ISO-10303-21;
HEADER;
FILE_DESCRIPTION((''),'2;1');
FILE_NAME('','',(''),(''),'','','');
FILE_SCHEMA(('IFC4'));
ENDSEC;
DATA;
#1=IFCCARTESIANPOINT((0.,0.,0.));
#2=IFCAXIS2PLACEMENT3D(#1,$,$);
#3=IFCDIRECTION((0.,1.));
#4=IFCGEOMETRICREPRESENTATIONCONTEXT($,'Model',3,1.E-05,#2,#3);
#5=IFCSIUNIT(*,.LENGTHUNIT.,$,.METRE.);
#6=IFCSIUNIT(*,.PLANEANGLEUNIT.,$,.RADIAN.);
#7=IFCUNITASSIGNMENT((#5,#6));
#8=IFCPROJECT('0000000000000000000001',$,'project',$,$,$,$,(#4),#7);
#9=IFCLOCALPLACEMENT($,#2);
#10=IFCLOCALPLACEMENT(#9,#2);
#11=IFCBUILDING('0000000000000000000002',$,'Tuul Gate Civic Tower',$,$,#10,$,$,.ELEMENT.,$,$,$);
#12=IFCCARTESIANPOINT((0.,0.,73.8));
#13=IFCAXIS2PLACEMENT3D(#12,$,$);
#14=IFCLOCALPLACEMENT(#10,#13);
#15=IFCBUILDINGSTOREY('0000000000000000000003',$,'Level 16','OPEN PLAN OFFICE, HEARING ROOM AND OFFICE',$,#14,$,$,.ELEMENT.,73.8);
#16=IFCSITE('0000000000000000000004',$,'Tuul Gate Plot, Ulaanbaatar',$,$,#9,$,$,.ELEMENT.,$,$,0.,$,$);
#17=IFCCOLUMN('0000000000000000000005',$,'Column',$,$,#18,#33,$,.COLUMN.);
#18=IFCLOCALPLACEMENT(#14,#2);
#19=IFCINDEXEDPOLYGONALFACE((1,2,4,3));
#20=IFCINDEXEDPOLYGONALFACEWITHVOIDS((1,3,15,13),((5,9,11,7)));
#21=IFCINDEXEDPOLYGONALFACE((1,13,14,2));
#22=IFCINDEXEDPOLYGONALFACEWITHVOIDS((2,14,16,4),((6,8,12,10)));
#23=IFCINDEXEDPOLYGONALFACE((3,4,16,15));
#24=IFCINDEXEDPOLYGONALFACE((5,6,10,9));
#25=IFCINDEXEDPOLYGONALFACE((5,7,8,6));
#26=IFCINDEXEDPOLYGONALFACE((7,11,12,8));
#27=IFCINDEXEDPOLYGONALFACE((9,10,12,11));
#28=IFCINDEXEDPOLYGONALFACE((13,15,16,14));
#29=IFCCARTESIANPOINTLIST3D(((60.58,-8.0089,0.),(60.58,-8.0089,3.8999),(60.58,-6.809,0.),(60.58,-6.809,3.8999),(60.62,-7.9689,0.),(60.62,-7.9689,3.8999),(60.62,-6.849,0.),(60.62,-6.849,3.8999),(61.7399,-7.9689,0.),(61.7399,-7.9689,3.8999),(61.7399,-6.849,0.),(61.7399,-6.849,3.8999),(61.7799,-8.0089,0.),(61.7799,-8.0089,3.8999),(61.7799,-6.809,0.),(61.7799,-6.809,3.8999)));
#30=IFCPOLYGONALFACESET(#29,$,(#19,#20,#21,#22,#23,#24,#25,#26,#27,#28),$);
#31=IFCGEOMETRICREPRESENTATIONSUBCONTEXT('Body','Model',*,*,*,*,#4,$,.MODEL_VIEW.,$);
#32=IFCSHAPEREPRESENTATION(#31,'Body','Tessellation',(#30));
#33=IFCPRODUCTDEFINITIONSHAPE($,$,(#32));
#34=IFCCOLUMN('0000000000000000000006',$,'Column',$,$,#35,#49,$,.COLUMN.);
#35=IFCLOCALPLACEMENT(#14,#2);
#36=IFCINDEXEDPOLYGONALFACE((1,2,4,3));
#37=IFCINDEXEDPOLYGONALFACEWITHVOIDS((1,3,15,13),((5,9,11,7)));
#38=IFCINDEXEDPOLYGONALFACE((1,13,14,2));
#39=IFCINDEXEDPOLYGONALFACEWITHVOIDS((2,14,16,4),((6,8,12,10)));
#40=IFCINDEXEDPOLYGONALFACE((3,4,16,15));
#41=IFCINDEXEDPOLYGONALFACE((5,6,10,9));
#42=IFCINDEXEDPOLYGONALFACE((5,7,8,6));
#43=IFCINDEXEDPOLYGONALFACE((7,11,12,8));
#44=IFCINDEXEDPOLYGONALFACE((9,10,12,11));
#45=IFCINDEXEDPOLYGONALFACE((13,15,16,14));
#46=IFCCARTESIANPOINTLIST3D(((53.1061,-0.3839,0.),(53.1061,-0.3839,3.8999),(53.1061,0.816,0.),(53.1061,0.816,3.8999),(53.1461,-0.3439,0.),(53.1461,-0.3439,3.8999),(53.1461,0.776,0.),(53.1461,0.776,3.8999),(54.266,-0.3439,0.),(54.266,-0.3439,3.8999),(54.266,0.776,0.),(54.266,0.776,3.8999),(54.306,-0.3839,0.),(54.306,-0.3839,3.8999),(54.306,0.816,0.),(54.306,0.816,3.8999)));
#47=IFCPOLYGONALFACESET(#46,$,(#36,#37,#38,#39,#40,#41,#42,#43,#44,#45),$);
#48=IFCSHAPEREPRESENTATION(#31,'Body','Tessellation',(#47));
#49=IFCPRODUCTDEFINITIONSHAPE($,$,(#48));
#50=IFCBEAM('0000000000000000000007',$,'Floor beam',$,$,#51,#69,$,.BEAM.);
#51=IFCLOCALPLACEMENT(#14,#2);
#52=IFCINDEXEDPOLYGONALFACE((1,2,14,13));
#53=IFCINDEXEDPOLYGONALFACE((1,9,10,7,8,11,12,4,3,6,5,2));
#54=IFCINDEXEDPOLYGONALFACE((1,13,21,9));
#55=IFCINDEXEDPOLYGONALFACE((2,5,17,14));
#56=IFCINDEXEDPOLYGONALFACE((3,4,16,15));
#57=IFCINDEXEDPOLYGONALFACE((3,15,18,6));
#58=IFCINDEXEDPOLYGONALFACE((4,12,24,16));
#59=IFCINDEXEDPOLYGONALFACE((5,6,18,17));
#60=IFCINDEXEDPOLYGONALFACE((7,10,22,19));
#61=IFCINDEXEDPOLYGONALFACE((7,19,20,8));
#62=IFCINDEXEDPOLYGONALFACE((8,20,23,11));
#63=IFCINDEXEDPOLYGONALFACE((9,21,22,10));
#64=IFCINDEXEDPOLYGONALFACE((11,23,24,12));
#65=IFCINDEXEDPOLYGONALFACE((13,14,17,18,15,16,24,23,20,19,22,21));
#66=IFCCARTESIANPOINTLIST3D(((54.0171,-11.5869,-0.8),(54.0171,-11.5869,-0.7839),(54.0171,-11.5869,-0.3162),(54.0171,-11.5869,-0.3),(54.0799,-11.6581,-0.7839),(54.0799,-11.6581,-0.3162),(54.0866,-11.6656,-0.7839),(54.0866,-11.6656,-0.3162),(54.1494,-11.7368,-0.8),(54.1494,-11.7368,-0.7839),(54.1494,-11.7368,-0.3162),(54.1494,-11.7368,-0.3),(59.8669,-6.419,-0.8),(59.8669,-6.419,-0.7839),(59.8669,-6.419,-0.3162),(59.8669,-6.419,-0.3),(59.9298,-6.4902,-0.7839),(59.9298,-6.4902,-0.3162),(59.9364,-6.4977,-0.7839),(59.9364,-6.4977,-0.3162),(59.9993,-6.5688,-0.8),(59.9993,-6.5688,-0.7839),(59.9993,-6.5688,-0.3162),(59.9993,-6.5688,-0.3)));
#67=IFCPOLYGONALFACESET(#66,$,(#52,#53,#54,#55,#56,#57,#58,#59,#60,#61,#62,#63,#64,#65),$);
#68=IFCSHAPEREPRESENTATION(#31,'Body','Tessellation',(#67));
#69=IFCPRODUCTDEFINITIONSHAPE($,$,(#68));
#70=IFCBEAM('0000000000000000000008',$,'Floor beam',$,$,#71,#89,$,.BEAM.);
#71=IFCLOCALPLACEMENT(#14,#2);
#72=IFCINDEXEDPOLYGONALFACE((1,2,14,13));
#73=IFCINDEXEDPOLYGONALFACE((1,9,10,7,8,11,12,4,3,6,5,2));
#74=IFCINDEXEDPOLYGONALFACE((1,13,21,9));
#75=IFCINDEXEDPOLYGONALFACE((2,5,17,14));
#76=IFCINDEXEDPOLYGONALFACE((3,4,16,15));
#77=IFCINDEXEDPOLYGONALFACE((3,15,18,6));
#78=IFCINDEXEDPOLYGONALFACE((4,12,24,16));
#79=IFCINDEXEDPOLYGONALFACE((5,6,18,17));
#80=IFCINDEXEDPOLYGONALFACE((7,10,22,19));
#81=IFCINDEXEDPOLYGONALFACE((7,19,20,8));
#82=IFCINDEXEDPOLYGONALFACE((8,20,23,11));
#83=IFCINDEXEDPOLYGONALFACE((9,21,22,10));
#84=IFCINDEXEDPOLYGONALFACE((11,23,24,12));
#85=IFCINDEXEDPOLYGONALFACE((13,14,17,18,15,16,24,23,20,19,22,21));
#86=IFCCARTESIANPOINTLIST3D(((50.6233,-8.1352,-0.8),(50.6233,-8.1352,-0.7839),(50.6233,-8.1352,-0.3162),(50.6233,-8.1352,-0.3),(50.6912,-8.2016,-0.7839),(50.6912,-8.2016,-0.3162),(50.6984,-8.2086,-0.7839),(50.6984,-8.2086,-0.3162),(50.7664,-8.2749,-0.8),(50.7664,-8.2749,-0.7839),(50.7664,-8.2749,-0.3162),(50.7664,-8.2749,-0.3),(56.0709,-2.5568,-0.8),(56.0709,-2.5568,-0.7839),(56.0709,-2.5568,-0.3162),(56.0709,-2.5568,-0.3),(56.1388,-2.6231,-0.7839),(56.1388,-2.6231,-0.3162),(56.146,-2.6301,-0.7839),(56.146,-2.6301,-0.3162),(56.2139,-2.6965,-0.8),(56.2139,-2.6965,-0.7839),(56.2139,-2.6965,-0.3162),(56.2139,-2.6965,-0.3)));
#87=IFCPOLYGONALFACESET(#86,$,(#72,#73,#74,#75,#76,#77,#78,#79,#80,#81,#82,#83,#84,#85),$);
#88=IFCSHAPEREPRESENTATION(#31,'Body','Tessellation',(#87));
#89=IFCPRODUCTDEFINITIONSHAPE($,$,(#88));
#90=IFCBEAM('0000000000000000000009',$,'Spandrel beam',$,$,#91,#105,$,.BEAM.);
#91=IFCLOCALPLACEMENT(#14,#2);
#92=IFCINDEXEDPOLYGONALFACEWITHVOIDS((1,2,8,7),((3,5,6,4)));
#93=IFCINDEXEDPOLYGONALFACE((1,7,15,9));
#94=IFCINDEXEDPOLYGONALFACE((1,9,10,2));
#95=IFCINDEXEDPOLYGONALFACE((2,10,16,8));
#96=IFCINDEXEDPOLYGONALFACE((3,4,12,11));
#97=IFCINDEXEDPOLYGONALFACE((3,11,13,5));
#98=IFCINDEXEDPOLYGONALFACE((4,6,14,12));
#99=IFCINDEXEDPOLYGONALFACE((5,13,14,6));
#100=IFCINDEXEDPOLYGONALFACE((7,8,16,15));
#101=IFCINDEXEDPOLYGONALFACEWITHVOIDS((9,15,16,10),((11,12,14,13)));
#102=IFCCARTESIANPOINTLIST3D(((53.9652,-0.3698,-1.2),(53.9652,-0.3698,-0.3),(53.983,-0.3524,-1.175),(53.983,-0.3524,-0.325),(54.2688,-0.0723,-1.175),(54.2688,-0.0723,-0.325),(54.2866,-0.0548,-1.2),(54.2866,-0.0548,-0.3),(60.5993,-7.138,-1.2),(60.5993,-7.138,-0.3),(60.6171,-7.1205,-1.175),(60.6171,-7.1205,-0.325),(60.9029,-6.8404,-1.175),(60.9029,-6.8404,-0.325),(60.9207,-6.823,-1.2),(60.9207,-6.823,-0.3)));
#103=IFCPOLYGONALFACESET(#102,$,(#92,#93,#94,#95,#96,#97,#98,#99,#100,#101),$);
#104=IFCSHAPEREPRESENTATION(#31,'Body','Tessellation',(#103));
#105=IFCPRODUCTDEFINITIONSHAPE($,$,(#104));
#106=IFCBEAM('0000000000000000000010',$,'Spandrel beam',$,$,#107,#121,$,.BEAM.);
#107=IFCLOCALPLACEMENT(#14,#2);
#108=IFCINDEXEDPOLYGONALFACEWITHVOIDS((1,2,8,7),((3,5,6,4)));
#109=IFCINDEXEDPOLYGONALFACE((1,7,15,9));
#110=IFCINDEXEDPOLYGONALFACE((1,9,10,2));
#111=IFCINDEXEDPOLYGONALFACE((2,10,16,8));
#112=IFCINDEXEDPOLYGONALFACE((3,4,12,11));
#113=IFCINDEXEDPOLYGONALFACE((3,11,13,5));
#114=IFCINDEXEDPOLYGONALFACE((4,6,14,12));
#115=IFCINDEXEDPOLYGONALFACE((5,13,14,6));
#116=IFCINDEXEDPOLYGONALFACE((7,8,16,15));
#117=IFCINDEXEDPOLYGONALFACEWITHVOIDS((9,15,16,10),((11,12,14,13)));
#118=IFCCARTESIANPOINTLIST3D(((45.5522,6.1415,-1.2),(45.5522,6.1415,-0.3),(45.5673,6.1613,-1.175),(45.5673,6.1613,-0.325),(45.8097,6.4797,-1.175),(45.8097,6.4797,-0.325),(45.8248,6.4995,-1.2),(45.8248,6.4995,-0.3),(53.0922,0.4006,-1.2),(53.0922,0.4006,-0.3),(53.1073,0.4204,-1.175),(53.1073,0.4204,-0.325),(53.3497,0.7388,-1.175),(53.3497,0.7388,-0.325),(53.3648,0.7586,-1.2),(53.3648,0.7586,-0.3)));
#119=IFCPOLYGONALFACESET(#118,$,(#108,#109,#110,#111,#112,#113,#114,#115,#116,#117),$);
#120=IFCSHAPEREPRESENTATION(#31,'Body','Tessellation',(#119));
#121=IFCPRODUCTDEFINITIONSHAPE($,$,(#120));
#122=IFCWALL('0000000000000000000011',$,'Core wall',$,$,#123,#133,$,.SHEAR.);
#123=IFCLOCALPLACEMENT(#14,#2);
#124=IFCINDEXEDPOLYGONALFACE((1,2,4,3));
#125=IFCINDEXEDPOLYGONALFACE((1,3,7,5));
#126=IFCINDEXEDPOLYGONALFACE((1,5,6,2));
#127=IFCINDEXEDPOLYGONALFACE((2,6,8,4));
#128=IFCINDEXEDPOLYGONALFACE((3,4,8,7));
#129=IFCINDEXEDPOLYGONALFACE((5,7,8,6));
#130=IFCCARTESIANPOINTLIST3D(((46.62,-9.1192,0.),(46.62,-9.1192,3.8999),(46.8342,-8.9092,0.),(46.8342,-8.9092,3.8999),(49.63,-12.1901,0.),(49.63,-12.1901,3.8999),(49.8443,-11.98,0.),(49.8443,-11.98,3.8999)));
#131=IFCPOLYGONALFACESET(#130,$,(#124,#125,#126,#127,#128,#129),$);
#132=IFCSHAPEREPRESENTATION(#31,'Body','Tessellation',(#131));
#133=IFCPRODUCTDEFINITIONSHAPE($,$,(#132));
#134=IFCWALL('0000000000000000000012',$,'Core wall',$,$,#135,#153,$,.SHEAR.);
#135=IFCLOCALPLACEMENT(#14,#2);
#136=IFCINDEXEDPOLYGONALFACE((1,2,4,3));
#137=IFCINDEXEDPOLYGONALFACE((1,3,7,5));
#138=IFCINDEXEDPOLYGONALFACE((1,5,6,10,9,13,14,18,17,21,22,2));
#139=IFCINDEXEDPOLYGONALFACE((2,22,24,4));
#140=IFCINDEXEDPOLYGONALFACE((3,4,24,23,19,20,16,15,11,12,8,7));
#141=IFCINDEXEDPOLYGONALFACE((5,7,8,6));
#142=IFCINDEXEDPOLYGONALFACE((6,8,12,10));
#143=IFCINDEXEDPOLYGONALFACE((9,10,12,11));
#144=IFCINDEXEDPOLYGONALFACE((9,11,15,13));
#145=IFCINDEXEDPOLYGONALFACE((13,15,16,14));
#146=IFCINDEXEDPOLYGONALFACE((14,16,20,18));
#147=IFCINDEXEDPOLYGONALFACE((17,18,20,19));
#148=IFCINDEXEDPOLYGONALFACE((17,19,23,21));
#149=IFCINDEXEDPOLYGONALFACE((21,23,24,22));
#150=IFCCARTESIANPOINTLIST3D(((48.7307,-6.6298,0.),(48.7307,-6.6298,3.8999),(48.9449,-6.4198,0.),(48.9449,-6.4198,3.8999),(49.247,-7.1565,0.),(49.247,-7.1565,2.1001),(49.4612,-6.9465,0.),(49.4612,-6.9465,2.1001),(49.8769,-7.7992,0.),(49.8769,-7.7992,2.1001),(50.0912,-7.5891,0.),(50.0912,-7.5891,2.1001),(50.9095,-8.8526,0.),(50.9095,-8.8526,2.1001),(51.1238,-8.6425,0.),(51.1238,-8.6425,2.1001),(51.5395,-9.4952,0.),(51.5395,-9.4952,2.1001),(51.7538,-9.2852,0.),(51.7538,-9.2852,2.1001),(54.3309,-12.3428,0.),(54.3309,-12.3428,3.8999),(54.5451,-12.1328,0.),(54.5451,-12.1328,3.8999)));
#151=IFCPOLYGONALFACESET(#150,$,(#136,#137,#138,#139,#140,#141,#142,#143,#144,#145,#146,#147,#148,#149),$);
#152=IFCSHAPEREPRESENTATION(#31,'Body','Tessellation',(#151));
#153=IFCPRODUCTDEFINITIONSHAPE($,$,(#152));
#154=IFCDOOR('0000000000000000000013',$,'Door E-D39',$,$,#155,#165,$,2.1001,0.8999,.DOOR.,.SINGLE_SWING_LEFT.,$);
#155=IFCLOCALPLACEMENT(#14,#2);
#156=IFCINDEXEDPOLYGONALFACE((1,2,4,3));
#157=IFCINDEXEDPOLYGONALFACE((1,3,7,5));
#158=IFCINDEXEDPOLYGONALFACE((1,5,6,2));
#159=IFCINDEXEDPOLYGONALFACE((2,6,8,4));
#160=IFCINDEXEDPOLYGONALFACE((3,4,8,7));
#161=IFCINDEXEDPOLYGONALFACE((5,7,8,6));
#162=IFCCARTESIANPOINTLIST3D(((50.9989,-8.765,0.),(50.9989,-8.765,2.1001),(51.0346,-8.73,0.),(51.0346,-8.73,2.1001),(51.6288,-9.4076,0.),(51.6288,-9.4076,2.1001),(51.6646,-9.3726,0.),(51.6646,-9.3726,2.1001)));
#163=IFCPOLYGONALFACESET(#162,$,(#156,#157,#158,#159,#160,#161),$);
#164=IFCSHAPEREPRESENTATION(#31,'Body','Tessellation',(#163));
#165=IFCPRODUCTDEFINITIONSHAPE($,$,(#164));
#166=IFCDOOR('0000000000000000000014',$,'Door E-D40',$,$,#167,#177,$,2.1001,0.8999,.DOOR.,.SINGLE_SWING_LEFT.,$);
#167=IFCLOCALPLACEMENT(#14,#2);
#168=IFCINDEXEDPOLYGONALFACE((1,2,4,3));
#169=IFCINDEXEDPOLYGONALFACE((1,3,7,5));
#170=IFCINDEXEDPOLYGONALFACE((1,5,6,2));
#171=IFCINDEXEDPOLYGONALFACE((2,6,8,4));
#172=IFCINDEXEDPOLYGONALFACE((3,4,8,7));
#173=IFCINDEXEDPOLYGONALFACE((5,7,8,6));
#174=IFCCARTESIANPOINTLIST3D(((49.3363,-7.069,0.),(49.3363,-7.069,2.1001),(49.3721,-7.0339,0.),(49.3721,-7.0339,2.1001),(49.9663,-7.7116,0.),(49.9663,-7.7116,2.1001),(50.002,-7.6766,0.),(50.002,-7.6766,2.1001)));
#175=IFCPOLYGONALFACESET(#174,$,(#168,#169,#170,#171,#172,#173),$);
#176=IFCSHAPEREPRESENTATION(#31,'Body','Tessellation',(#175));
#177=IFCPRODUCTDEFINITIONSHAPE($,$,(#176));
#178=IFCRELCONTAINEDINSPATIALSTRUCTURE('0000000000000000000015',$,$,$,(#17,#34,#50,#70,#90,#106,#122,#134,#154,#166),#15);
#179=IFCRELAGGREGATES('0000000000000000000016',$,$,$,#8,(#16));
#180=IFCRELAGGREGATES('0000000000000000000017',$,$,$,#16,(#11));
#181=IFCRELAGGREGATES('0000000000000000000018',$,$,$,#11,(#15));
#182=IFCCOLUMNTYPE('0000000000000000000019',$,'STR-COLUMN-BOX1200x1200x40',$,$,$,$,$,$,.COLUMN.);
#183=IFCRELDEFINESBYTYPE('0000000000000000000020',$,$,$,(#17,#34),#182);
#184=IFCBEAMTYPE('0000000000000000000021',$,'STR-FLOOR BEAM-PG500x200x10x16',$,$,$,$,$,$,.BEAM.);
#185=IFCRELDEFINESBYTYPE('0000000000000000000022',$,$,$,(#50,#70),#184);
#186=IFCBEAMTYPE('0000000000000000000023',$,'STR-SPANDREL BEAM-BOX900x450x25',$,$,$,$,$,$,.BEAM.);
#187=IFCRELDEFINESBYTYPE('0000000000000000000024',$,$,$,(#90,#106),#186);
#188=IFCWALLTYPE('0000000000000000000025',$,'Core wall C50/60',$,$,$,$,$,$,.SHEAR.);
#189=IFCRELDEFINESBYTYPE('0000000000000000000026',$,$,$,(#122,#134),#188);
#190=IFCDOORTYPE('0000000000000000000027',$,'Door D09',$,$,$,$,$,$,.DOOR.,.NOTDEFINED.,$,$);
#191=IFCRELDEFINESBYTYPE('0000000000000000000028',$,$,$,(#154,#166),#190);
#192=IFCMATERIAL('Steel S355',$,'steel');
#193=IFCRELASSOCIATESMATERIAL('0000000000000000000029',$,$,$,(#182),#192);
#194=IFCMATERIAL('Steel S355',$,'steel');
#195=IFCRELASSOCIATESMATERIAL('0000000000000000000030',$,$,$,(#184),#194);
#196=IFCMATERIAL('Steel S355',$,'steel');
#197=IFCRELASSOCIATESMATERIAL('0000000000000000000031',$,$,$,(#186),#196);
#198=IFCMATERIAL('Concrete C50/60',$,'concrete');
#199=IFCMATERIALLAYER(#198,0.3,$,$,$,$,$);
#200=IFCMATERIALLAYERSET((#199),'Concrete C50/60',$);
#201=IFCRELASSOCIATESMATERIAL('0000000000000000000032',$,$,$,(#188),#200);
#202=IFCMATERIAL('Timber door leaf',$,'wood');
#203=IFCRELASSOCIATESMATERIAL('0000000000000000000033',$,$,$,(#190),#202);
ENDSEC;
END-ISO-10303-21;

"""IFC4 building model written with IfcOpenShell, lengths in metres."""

from ifc_helpers import new_model, si_unit, direction, frame, frame_2d, origin, origin_2d, place, context, subcontext, project, spatial, rectangle, hollow_rectangle, i_section, extrude, material, layer, layer_set, material_profile, profile_set, type_object, element, fill, save


model = new_model("IFC4")

# Units and contexts
model_context = context("Model", 3, precision=1e-05, world=origin(), true_north=direction((0.0, 1.0)))
body_context = subcontext(model_context, "Body", "Model", "MODEL_VIEW")
ifc_project = project(units=[si_unit("LENGTHUNIT", "METRE"), si_unit("PLANEANGLEUNIT", "RADIAN")], contexts=[model_context])

# Site, building, storey
site_placement = place(None, origin())
site = spatial("IfcSite", under=ifc_project, at=site_placement, Name="Tuul Gate Plot, Ulaanbaatar", CompositionType="ELEMENT", RefElevation=0.0)
building_placement = place(site_placement, origin())
building = spatial("IfcBuilding", under=site, at=building_placement, Name="Tuul Gate Civic Tower", CompositionType="ELEMENT")
storey_placement = place(building_placement, frame((0.0, 0.0, 73.8)))
storey = spatial("IfcBuildingStorey", under=building, at=storey_placement, Name="Level 16", Description="OPEN PLAN OFFICE, HEARING ROOM AND OFFICE", CompositionType="ELEMENT", Elevation=73.8)

# Columns
ifc_material_1 = material(Name="Steel S355", Category="steel")
ifc_material_profile_1 = material_profile(ifc_material_1, hollow_rectangle(XDim=1.2, YDim=1.2, WallThickness=0.04, at=origin_2d()), Name="BOX1200x1200x40")
ifc_profile_set_1 = profile_set([ifc_material_profile_1], Name="Steel S355")
column_type = type_object("IfcColumnType", Name="STR-COLUMN-BOX1200x1200x40", PredefinedType="COLUMN", material=ifc_profile_set_1)
for number, where, z_axis, x_axis, name in (
    (1, (61.1799, -7.4089, 0.0), (0.0, 0.0, 1.0), (1.0, 0.0, 0.0), "Column"),
    (2, (53.7061, 0.2161, 0.0), (0.0, 0.0, 1.0), (1.0, 0.0, 0.0), "Column"),
):
    element("IfcColumn", number, at=place(storey_placement, frame(where, z_axis=z_axis, x_axis=x_axis)), inside=storey, type_object=column_type, Name=name, PredefinedType="COLUMN", context=body_context, shape_type="SweptSolid", body=[
        extrude(hollow_rectangle(XDim=1.2, YDim=1.2, WallThickness=0.04, at=origin_2d()), origin(), (0.0, 0.0, 1.0), 3.8999),
    ])

# Beams
ifc_material_2 = material(Name="Steel S355", Category="steel")
ifc_material_profile_2 = material_profile(ifc_material_2, i_section(OverallWidth=0.2, OverallDepth=0.5, WebThickness=0.01, FlangeThickness=0.0161, at=origin_2d()), Name="PG500x200x10x16")
ifc_profile_set_2 = profile_set([ifc_material_profile_2], Name="Steel S355")
beam_type_1 = type_object("IfcBeamType", Name="STR-FLOOR BEAM-PG500x200x10x16", PredefinedType="BEAM", material=ifc_profile_set_2)
beam_1_placement = place(storey_placement, frame((54.0833, -11.6619, -0.55), z_axis=(0.749435, 0.662078, 0.0), x_axis=(-0.662078, 0.749435, 0.0)))
element("IfcBeam", 3, at=beam_1_placement, inside=storey, type_object=beam_type_1, Name="Floor beam", PredefinedType="BEAM", context=body_context, shape_type="SweptSolid", body=[
    extrude(i_section(OverallWidth=0.2, OverallDepth=0.5, WebThickness=0.01, FlangeThickness=0.0161, at=origin_2d()), origin(), (0.0, 0.0, 1.0), 7.8057),
])
beam_2_placement = place(storey_placement, frame((50.6948, -8.2051, -0.55), z_axis=(0.698665, 0.715449, 0.0), x_axis=(-0.715449, 0.698665, 0.0)))
element("IfcBeam", 4, at=beam_2_placement, inside=storey, type_object=beam_type_1, Name="Floor beam", PredefinedType="BEAM", context=body_context, shape_type="SweptSolid", body=[
    extrude(i_section(OverallWidth=0.2, OverallDepth=0.5, WebThickness=0.01, FlangeThickness=0.0161, at=origin_2d()), origin(), (0.0, 0.0, 1.0), 7.7971),
])
ifc_material_3 = material(Name="Steel S355", Category="steel")
ifc_material_profile_3 = material_profile(ifc_material_3, hollow_rectangle(XDim=0.45, YDim=0.8999, WallThickness=0.0249, at=origin_2d()), Name="BOX900x450x25")
ifc_profile_set_3 = profile_set([ifc_material_profile_3], Name="Steel S355")
beam_type_2 = type_object("IfcBeamType", Name="STR-SPANDREL BEAM-BOX900x450x25", PredefinedType="BEAM", material=ifc_profile_set_3)
beam_3_placement = place(storey_placement, frame((60.76, -6.9805, -0.75), z_axis=(-0.7, 0.714143, 0.0), x_axis=(-0.714143, -0.7, 0.0)))
element("IfcBeam", 5, at=beam_3_placement, inside=storey, type_object=beam_type_2, Name="Spandrel beam", PredefinedType="BEAM", context=body_context, shape_type="SweptSolid", body=[
    extrude(hollow_rectangle(XDim=0.45, YDim=0.8999, WallThickness=0.0249, at=origin_2d()), origin(), (0.0, 0.0, 1.0), 9.4773),
])
beam_4_placement = place(storey_placement, frame((53.2285, 0.5796, -0.75), z_axis=(-0.795626, 0.605788, 0.0), x_axis=(-0.605788, -0.795626, 0.0)))
element("IfcBeam", 6, at=beam_4_placement, inside=storey, type_object=beam_type_2, Name="Spandrel beam", PredefinedType="BEAM", context=body_context, shape_type="SweptSolid", body=[
    extrude(hollow_rectangle(XDim=0.45, YDim=0.8999, WallThickness=0.0249, at=origin_2d()), origin(), (0.0, 0.0, 1.0), 9.4768),
])

# Wall
ifc_material_4 = material(Name="Concrete C50/60", Category="concrete")
ifc_layer_1 = layer(ifc_material_4, 0.3)
ifc_layer_set_1 = layer_set([ifc_layer_1], Name="Concrete C50/60")
wall_type_1 = type_object("IfcWallType", Name="Core wall C50/60", PredefinedType="SHEAR", material=ifc_layer_set_1)
wall_1_placement = place(storey_placement, frame((49.7371, -12.085, 0.0), z_axis=(0.0, 0.0, 1.0), x_axis=(-0.700003, 0.71414, 0.0)))
element("IfcWall", 7, at=wall_1_placement, inside=storey, type_object=wall_type_1, Name="Core wall", PredefinedType="SHEAR", context=body_context, shape_type="SweptSolid", body=[
    extrude(rectangle(XDim=4.3, YDim=0.3, at=frame_2d((2.1499, 0.0))), origin(), (0.0, 0.0, 1.0), 3.8999),
])

# Wall, openings, doors
wall_2_placement = place(storey_placement, frame((54.438, -12.2378, 0.0), z_axis=(0.0, 0.0, 1.0), x_axis=(-0.700022, 0.714121, 0.0)))
wall_2 = element("IfcWall", 8, at=wall_2_placement, inside=storey, type_object=wall_type_1, Name="Core wall", PredefinedType="SHEAR", context=body_context, shape_type="SweptSolid", body=[
    extrude(rectangle(XDim=8.0, YDim=0.3, at=frame_2d((4.0, 0.0))), origin(), (0.0, 0.0, 1.0), 3.8999),
])
opening_1_placement = place(wall_2_placement, frame((3.9875, 0.0, 0.0)))
opening_1 = element("IfcOpeningElement", 9, at=opening_1_placement, cuts=wall_2, PredefinedType="OPENING", context=body_context, shape_type="SweptSolid", body=[
    extrude(rectangle(XDim=0.8999, YDim=2.1001, at=frame_2d((0.45, 1.05))), frame((0.0, 0.1602, 0.0), z_axis=(0.0, -1.0, 0.0), x_axis=(1.0, 0.0, 0.0)), (0.0, 0.0, 1.0), 0.3201),
])
opening_2_placement = place(wall_2_placement, frame((6.3625, 0.0, 0.0)))
opening_2 = element("IfcOpeningElement", 10, at=opening_2_placement, cuts=wall_2, PredefinedType="OPENING", context=body_context, shape_type="SweptSolid", body=[
    extrude(rectangle(XDim=0.8999, YDim=2.1001, at=frame_2d((0.45, 1.05))), frame((0.0, 0.1602, 0.0), z_axis=(0.0, -1.0, 0.0), x_axis=(1.0, 0.0, 0.0)), (0.0, 0.0, 1.0), 0.3201),
])
ifc_material_5 = material(Name="Timber door leaf", Category="wood")
door_type_1 = type_object("IfcDoorType", Name="Door D09", OperationType="NOTDEFINED", PredefinedType="DOOR", material=ifc_material_5)
door_1_placement = place(opening_1_placement, origin())
door_1 = element("IfcDoor", 11, at=door_1_placement, inside=storey, type_object=door_type_1, Name="Door E-D39", OperationType="SINGLE_SWING_LEFT", OverallHeight=2.1001, OverallWidth=0.8999, PredefinedType="DOOR", context=body_context, shape_type="SweptSolid", body=[
    extrude(rectangle(XDim=0.8999, YDim=2.1001, at=frame_2d((0.45, 1.05))), frame((0.0, 0.0249, 0.0), z_axis=(0.0, -1.0, 0.0), x_axis=(1.0, 0.0, 0.0)), (0.0, 0.0, 1.0), 0.05),
])
fill(opening_1, door_1)
door_2_placement = place(opening_2_placement, origin())
door_2 = element("IfcDoor", 12, at=door_2_placement, inside=storey, type_object=door_type_1, Name="Door E-D40", OperationType="SINGLE_SWING_LEFT", OverallHeight=2.1001, OverallWidth=0.8999, PredefinedType="DOOR", context=body_context, shape_type="SweptSolid", body=[
    extrude(rectangle(XDim=0.8999, YDim=2.1001, at=frame_2d((0.45, 1.05))), frame((0.0, 0.0249, 0.0), z_axis=(0.0, -1.0, 0.0), x_axis=(1.0, 0.0, 0.0)), (0.0, 0.0, 1.0), 0.05),
])
fill(opening_2, door_2)

save(model, "model.ifc")
